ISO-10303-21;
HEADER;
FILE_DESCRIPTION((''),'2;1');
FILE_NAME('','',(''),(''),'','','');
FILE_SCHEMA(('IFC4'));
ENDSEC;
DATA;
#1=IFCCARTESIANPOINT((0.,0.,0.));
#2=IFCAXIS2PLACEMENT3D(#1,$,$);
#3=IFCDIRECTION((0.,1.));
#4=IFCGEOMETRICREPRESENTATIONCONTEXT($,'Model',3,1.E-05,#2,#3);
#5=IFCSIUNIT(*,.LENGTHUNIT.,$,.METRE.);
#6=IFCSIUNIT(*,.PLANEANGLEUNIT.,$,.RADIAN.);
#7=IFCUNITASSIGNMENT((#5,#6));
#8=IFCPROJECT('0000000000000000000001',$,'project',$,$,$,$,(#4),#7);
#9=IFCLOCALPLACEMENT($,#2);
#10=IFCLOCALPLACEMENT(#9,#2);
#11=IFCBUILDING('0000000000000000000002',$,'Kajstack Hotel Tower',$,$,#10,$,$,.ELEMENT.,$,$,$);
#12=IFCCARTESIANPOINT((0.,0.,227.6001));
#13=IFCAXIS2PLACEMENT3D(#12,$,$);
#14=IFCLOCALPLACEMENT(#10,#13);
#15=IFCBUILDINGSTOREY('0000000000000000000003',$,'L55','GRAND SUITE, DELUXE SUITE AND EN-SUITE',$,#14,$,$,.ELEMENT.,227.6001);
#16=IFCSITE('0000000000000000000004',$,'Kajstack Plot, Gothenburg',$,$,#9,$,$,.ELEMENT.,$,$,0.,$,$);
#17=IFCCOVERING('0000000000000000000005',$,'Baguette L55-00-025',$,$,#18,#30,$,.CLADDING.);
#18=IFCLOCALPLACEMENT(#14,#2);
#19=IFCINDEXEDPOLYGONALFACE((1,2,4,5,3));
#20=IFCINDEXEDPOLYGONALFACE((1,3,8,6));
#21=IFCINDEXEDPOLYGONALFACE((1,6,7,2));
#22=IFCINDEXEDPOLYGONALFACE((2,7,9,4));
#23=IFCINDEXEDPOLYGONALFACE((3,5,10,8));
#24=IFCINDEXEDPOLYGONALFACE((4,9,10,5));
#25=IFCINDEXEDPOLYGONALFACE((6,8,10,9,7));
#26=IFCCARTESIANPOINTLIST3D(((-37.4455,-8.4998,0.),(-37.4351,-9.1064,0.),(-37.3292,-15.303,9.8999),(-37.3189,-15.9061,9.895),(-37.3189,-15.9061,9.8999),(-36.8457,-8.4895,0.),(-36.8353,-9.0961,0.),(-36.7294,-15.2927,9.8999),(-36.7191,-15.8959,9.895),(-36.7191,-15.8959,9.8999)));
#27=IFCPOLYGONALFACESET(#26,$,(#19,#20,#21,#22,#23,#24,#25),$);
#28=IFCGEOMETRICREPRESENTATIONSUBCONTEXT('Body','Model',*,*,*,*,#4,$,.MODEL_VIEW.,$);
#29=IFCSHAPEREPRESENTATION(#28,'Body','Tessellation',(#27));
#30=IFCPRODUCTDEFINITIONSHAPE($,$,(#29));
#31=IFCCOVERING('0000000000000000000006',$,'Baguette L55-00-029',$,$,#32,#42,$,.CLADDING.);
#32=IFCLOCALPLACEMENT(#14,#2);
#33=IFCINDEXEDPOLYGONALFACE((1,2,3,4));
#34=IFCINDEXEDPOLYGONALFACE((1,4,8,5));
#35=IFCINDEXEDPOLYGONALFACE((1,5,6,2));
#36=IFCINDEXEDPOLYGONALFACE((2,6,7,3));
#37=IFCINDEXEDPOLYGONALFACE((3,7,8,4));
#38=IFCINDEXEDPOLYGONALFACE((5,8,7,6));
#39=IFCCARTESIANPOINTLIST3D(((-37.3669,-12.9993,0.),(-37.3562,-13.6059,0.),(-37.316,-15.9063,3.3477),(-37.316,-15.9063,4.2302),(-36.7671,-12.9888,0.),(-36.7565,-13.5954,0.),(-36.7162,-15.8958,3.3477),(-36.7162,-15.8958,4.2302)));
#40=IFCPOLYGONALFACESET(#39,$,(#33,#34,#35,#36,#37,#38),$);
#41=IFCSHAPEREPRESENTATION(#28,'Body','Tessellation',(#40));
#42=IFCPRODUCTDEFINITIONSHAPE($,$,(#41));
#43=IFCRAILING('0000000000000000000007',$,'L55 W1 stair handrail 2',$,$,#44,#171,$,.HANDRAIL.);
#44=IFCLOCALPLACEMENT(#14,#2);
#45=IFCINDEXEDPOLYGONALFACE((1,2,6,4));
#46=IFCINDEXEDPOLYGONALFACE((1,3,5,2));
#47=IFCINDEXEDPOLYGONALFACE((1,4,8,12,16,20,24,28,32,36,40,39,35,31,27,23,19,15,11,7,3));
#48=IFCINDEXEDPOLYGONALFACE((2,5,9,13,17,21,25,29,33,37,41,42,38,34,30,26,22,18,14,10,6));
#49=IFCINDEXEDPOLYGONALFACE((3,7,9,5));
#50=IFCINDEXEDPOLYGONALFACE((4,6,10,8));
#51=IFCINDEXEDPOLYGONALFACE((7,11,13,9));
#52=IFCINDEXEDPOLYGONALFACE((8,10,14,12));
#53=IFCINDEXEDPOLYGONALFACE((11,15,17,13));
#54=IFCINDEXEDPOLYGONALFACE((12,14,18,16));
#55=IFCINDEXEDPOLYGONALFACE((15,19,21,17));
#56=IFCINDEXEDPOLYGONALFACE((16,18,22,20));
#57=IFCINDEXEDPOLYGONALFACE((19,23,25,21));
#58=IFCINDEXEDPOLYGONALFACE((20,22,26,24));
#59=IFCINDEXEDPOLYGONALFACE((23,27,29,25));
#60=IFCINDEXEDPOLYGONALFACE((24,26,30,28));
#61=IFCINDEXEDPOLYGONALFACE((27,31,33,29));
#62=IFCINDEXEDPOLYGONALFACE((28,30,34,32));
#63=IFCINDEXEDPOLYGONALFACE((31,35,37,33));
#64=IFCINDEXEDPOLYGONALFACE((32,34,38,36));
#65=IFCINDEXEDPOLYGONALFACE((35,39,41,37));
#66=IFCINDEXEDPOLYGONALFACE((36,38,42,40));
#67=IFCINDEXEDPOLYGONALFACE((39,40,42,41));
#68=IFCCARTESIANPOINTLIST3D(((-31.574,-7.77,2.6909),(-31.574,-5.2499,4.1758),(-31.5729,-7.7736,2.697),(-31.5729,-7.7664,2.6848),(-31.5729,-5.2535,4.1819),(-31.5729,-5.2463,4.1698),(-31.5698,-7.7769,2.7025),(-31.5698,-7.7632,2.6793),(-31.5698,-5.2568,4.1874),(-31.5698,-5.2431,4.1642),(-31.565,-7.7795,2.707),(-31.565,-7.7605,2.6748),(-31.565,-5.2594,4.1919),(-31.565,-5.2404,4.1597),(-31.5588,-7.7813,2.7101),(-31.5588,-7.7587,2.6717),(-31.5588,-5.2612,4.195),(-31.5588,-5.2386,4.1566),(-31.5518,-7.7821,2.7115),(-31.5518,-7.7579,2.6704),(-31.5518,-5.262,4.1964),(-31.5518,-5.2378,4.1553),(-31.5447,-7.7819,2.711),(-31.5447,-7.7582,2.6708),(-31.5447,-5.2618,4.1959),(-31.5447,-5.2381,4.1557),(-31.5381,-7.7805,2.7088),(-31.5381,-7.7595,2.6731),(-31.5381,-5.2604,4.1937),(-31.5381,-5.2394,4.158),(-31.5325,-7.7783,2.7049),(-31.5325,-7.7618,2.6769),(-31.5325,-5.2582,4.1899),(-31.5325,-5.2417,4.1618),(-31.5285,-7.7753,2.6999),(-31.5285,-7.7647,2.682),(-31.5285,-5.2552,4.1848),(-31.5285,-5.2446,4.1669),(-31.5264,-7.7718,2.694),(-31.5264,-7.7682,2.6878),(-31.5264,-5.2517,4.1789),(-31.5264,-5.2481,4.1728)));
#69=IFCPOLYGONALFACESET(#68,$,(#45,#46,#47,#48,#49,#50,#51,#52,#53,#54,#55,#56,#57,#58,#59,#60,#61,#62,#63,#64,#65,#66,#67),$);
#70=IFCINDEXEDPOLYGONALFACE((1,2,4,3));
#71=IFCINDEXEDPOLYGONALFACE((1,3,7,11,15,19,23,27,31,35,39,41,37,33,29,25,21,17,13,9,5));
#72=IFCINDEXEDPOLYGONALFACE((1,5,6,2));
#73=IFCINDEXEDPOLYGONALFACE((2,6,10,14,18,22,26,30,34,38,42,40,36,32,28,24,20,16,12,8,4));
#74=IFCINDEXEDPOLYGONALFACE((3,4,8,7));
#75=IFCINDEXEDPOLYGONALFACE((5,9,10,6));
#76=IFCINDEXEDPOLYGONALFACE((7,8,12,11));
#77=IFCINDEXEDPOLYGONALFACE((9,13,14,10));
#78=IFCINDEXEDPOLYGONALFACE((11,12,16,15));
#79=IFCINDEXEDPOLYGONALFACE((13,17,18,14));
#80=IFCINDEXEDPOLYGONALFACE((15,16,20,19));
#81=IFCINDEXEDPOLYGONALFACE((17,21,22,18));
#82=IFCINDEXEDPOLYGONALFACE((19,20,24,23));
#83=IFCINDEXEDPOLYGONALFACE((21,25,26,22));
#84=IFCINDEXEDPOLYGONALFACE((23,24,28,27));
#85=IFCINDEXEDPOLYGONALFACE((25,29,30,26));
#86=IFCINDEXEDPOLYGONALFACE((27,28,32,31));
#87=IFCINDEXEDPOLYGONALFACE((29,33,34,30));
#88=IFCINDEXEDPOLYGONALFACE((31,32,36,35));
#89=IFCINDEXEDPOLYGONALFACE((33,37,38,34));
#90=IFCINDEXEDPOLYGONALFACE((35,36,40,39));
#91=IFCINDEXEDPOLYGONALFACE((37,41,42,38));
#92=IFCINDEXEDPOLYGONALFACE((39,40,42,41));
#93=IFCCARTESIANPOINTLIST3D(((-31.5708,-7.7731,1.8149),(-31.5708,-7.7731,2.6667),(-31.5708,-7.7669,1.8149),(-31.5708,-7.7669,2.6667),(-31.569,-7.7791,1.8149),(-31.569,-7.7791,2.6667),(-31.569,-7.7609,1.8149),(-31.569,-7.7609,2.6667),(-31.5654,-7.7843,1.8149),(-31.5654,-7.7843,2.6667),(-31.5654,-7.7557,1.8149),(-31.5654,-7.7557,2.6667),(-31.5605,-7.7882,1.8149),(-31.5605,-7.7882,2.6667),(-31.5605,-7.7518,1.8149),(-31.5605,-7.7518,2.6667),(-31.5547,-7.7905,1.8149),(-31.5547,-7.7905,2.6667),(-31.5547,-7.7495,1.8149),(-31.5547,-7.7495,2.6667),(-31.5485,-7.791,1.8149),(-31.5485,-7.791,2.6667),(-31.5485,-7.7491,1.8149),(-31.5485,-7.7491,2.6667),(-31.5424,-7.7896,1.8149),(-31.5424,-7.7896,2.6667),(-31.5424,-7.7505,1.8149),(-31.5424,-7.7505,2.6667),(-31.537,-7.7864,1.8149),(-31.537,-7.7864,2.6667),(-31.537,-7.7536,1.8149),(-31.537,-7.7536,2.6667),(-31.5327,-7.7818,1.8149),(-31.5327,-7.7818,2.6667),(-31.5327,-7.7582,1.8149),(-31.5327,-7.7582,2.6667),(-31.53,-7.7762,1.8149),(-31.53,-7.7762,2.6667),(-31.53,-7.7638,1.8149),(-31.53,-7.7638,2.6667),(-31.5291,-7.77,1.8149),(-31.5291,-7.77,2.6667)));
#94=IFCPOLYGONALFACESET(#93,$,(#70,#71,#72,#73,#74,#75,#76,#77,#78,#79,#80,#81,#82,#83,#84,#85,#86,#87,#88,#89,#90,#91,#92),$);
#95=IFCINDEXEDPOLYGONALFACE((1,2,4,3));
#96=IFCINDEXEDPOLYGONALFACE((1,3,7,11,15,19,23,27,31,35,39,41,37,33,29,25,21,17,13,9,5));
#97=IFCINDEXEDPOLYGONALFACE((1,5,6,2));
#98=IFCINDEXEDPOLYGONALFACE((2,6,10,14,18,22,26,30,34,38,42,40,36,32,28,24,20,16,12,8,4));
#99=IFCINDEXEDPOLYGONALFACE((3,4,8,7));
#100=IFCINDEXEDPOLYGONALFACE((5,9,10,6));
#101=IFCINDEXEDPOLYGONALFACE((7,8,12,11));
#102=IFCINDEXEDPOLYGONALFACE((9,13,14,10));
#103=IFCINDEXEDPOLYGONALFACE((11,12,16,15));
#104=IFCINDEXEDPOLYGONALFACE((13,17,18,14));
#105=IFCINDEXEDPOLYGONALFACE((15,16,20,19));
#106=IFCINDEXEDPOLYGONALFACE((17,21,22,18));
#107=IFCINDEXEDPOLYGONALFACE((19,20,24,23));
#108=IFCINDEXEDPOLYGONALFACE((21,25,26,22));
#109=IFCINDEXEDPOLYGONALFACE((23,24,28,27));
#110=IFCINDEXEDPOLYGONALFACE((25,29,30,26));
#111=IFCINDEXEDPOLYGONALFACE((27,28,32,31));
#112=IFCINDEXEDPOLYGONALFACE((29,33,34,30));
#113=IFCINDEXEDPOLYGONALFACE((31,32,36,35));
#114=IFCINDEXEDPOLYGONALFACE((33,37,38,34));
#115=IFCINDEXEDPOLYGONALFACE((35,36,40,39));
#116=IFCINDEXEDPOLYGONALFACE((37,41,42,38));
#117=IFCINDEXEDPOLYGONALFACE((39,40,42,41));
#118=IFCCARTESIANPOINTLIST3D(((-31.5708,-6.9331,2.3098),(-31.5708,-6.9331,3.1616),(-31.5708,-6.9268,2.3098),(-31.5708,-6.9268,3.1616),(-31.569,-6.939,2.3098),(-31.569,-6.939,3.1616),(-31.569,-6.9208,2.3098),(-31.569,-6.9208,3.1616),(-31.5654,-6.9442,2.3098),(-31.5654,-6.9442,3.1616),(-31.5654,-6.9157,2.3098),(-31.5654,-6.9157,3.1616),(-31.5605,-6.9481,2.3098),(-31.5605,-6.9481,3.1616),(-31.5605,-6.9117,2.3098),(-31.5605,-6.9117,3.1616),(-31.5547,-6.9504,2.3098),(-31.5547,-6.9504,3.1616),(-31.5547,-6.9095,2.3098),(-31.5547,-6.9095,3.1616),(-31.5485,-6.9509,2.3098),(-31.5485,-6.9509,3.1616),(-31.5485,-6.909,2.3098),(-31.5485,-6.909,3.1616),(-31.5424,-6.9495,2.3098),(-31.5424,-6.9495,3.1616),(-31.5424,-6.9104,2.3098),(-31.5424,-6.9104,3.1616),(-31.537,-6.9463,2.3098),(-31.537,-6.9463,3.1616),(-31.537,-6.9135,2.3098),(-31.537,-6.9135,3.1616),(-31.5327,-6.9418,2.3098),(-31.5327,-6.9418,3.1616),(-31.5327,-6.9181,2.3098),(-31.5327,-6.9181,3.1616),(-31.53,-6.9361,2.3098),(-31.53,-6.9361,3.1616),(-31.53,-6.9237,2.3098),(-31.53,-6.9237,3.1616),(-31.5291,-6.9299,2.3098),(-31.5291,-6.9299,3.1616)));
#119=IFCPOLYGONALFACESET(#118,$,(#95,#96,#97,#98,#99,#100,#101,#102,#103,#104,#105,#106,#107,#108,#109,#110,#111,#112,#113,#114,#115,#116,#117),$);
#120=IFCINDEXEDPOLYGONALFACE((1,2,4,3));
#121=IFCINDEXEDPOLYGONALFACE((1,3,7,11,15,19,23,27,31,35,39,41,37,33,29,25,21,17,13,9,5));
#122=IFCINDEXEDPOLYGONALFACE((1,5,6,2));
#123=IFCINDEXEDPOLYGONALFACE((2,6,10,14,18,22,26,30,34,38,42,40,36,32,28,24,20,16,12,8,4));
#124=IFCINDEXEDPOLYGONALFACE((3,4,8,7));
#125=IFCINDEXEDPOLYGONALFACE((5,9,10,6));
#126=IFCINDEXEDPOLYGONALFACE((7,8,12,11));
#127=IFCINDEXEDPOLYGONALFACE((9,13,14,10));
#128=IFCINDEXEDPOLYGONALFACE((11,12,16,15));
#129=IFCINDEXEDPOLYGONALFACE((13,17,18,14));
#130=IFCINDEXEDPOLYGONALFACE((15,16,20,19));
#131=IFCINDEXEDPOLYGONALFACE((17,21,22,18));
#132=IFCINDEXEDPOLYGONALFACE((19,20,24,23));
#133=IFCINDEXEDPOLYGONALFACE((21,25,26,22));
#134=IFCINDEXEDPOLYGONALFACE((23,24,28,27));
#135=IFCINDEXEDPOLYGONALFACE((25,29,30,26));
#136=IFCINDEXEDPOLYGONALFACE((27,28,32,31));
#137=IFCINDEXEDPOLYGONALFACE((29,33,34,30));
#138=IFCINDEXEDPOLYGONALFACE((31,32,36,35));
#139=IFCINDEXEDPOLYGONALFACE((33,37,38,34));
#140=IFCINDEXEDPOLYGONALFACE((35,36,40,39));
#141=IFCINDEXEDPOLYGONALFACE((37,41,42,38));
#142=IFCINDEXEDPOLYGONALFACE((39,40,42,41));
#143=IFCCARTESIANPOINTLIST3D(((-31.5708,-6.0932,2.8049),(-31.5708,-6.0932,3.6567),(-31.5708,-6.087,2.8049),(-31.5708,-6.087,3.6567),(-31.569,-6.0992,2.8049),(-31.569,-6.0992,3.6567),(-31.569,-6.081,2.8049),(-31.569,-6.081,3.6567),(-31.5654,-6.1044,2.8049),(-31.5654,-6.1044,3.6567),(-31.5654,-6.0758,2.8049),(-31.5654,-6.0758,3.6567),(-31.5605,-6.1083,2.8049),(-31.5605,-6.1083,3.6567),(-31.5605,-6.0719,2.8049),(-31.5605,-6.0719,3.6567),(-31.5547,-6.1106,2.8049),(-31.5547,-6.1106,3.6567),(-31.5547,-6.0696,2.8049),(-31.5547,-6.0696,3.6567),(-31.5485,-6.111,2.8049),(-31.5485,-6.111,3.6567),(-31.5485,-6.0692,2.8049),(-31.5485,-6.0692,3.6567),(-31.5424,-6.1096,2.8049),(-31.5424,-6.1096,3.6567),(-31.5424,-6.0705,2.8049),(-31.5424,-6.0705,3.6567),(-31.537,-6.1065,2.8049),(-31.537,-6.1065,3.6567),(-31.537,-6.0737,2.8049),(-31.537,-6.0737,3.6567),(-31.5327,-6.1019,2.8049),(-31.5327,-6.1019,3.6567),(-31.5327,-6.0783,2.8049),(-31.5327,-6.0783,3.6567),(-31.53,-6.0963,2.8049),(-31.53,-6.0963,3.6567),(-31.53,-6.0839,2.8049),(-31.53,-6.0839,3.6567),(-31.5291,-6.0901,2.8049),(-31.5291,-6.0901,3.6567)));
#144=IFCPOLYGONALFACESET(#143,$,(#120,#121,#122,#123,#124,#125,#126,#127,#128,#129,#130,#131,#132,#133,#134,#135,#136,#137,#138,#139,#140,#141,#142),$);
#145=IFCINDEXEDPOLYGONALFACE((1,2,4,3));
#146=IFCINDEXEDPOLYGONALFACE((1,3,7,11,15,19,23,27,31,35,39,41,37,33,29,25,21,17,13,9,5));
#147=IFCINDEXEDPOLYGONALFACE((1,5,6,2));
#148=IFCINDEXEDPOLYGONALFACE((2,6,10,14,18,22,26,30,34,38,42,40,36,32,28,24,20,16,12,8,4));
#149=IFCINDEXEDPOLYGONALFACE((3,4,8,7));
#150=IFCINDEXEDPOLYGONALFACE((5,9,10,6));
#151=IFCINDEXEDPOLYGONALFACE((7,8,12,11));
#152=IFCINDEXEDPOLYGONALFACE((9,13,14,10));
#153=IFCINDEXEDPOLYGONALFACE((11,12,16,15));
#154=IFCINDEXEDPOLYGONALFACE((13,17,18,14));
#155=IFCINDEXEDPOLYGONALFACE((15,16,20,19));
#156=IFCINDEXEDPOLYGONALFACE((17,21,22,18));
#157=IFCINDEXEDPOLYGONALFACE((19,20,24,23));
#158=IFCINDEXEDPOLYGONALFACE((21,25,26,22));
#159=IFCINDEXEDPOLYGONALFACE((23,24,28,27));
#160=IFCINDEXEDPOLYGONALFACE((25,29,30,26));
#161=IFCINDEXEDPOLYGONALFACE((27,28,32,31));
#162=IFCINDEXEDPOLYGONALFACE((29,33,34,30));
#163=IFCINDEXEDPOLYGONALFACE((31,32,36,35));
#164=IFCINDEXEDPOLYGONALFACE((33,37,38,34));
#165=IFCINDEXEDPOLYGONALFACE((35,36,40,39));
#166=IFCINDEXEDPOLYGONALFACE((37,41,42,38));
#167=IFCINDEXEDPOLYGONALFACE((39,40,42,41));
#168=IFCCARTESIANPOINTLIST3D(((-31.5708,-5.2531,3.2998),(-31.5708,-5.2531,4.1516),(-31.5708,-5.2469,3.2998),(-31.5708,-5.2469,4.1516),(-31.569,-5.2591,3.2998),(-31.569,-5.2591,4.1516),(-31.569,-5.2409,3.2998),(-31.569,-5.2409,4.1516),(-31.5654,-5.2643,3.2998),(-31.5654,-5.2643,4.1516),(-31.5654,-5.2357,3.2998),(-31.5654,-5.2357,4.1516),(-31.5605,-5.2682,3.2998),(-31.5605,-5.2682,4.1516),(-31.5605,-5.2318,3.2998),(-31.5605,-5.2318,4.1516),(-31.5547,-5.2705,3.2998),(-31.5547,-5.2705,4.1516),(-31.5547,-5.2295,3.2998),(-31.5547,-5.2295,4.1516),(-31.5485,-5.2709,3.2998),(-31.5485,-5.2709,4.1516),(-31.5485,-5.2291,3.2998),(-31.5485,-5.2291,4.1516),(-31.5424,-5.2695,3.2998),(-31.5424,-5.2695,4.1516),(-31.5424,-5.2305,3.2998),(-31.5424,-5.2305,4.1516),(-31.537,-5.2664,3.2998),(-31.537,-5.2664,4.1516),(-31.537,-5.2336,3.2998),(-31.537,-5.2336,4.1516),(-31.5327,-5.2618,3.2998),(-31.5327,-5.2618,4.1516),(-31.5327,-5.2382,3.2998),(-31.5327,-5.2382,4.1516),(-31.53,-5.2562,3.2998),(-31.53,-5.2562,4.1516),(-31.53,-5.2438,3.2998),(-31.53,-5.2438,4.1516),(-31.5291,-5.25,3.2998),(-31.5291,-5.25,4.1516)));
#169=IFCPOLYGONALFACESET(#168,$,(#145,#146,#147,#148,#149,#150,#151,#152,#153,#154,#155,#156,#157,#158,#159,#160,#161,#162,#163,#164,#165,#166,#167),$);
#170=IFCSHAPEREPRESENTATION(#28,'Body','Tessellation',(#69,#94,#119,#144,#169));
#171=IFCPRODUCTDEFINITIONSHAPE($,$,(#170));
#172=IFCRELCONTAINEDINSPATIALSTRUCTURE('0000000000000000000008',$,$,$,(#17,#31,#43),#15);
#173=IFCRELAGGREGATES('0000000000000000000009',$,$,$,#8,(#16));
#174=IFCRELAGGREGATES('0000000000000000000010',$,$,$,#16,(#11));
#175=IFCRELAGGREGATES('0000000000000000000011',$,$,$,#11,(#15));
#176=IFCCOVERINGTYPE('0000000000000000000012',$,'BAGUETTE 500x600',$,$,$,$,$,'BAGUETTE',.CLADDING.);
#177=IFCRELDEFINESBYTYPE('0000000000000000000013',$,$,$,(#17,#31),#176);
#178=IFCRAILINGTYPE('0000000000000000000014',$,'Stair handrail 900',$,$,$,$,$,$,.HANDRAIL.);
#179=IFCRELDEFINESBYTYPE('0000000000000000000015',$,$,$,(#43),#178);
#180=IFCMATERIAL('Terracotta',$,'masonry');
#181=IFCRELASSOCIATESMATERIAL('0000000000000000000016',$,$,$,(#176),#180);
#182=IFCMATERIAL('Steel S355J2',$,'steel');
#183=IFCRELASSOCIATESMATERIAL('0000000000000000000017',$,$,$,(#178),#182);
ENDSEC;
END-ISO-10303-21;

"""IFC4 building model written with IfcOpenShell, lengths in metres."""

from ifc_helpers import new_model, si_unit, direction, frame, origin, origin_2d, place, context, subcontext, project, spatial, polyline, rectangle, circle, outline, extrude, material, material_profile, profile_set, type_object, element, save


model = new_model("IFC4")

# Units and contexts
model_context = context("Model", 3, precision=1e-05, world=origin(), true_north=direction((0.0, 1.0)))
body_context = subcontext(model_context, "Body", "Model", "MODEL_VIEW")
ifc_project = project(units=[si_unit("LENGTHUNIT", "METRE"), si_unit("PLANEANGLEUNIT", "RADIAN")], contexts=[model_context])

# Site, building, storey
site_placement = place(None, origin())
site = spatial("IfcSite", under=ifc_project, at=site_placement, Name="Kajstack Plot, Gothenburg", CompositionType="ELEMENT", RefElevation=0.0)
building_placement = place(site_placement, origin())
building = spatial("IfcBuilding", under=site, at=building_placement, Name="Kajstack Hotel Tower", CompositionType="ELEMENT")
storey_placement = place(building_placement, frame((0.0, 0.0, 227.6001)))
storey = spatial("IfcBuildingStorey", under=building, at=storey_placement, Name="L55", Description="GRAND SUITE, DELUXE SUITE AND EN-SUITE", CompositionType="ELEMENT", Elevation=227.6001)

# Coverings
ifc_material_1 = material(Name="Terracotta", Category="masonry")
ifc_material_profile = material_profile(ifc_material_1, rectangle(XDim=0.6001, YDim=0.5, at=origin_2d()), Name="Terracotta-clad concrete baguette 500 x 600")
ifc_profile_set = profile_set([ifc_material_profile], Name="Terracotta")
covering_type = type_object("IfcCoveringType", Name="BAGUETTE 500x600", ElementType="BAGUETTE", PredefinedType="CLADDING", material=ifc_profile_set)
covering_1_placement = place(storey_placement, frame((-36.8457, -8.4895, 0.0), z_axis=(-0.999854, -0.017092, 0.0), x_axis=(0.017092, -0.999854, 0.0)))
element("IfcCovering", 1, at=covering_1_placement, inside=storey, type_object=covering_type, Name="Baguette L55-00-025", PredefinedType="CLADDING", context=body_context, shape_type="SweptSolid", body=[
    extrude(outline(polyline([(0.6067, 0.0), (7.4075, 9.895), (7.4075, 9.8999), (6.8042, 9.8999), (0.0, 0.0), (0.6067, 0.0)])), origin(), (0.0, 0.0, 1.0), 0.5999),
])
covering_2_placement = place(storey_placement, frame((-36.7671, -12.9888, 0.0), z_axis=(-0.999847, -0.017498, 0.0), x_axis=(0.017498, -0.999847, 0.0)))
element("IfcCovering", 2, at=covering_2_placement, inside=storey, type_object=covering_type, Name="Baguette L55-00-029", PredefinedType="CLADDING", context=body_context, shape_type="SweptSolid", body=[
    extrude(outline(polyline([(0.6067, 0.0), (2.9075, 3.3477), (2.9075, 4.2302), (0.0, 0.0), (0.6067, 0.0)])), origin(), (0.0, 0.0, 1.0), 0.5999),
])

# Railing
ifc_material_2 = material(Name="Steel S355J2", Category="steel")
railing_type_1 = type_object("IfcRailingType", Name="Stair handrail 900", PredefinedType="HANDRAIL", material=ifc_material_2)
railing_1_placement = place(storey_placement, frame((-31.55, -7.77, 1.8149)))
element("IfcRailing", 3, at=railing_1_placement, inside=storey, type_object=railing_type_1, Name="L55 W1 stair handrail 2", PredefinedType="HANDRAIL", context=body_context, shape_type="SweptSolid", body=[
    extrude(circle(Radius=0.0239, at=origin_2d()), frame((0.0, 0.0, 0.876), z_axis=(0.0, 0.861561, 0.507655), x_axis=(-1.0, 0.0, 0.0)), (0.0, 0.0, 1.0), 2.925),
    extrude(circle(Radius=0.021, at=origin_2d()), origin(), (0.0, 0.0, 1.0), 0.8518),
    extrude(circle(Radius=0.021, at=origin_2d()), frame((0.0, 0.8401, 0.4949)), (0.0, 0.0, 1.0), 0.8518),
    extrude(circle(Radius=0.021, at=origin_2d()), frame((0.0, 1.6799, 0.99)), (0.0, 0.0, 1.0), 0.8518),
    extrude(circle(Radius=0.021, at=origin_2d()), frame((0.0, 2.52, 1.4849)), (0.0, 0.0, 1.0), 0.8518),
])

save(model, "model.ifc")
